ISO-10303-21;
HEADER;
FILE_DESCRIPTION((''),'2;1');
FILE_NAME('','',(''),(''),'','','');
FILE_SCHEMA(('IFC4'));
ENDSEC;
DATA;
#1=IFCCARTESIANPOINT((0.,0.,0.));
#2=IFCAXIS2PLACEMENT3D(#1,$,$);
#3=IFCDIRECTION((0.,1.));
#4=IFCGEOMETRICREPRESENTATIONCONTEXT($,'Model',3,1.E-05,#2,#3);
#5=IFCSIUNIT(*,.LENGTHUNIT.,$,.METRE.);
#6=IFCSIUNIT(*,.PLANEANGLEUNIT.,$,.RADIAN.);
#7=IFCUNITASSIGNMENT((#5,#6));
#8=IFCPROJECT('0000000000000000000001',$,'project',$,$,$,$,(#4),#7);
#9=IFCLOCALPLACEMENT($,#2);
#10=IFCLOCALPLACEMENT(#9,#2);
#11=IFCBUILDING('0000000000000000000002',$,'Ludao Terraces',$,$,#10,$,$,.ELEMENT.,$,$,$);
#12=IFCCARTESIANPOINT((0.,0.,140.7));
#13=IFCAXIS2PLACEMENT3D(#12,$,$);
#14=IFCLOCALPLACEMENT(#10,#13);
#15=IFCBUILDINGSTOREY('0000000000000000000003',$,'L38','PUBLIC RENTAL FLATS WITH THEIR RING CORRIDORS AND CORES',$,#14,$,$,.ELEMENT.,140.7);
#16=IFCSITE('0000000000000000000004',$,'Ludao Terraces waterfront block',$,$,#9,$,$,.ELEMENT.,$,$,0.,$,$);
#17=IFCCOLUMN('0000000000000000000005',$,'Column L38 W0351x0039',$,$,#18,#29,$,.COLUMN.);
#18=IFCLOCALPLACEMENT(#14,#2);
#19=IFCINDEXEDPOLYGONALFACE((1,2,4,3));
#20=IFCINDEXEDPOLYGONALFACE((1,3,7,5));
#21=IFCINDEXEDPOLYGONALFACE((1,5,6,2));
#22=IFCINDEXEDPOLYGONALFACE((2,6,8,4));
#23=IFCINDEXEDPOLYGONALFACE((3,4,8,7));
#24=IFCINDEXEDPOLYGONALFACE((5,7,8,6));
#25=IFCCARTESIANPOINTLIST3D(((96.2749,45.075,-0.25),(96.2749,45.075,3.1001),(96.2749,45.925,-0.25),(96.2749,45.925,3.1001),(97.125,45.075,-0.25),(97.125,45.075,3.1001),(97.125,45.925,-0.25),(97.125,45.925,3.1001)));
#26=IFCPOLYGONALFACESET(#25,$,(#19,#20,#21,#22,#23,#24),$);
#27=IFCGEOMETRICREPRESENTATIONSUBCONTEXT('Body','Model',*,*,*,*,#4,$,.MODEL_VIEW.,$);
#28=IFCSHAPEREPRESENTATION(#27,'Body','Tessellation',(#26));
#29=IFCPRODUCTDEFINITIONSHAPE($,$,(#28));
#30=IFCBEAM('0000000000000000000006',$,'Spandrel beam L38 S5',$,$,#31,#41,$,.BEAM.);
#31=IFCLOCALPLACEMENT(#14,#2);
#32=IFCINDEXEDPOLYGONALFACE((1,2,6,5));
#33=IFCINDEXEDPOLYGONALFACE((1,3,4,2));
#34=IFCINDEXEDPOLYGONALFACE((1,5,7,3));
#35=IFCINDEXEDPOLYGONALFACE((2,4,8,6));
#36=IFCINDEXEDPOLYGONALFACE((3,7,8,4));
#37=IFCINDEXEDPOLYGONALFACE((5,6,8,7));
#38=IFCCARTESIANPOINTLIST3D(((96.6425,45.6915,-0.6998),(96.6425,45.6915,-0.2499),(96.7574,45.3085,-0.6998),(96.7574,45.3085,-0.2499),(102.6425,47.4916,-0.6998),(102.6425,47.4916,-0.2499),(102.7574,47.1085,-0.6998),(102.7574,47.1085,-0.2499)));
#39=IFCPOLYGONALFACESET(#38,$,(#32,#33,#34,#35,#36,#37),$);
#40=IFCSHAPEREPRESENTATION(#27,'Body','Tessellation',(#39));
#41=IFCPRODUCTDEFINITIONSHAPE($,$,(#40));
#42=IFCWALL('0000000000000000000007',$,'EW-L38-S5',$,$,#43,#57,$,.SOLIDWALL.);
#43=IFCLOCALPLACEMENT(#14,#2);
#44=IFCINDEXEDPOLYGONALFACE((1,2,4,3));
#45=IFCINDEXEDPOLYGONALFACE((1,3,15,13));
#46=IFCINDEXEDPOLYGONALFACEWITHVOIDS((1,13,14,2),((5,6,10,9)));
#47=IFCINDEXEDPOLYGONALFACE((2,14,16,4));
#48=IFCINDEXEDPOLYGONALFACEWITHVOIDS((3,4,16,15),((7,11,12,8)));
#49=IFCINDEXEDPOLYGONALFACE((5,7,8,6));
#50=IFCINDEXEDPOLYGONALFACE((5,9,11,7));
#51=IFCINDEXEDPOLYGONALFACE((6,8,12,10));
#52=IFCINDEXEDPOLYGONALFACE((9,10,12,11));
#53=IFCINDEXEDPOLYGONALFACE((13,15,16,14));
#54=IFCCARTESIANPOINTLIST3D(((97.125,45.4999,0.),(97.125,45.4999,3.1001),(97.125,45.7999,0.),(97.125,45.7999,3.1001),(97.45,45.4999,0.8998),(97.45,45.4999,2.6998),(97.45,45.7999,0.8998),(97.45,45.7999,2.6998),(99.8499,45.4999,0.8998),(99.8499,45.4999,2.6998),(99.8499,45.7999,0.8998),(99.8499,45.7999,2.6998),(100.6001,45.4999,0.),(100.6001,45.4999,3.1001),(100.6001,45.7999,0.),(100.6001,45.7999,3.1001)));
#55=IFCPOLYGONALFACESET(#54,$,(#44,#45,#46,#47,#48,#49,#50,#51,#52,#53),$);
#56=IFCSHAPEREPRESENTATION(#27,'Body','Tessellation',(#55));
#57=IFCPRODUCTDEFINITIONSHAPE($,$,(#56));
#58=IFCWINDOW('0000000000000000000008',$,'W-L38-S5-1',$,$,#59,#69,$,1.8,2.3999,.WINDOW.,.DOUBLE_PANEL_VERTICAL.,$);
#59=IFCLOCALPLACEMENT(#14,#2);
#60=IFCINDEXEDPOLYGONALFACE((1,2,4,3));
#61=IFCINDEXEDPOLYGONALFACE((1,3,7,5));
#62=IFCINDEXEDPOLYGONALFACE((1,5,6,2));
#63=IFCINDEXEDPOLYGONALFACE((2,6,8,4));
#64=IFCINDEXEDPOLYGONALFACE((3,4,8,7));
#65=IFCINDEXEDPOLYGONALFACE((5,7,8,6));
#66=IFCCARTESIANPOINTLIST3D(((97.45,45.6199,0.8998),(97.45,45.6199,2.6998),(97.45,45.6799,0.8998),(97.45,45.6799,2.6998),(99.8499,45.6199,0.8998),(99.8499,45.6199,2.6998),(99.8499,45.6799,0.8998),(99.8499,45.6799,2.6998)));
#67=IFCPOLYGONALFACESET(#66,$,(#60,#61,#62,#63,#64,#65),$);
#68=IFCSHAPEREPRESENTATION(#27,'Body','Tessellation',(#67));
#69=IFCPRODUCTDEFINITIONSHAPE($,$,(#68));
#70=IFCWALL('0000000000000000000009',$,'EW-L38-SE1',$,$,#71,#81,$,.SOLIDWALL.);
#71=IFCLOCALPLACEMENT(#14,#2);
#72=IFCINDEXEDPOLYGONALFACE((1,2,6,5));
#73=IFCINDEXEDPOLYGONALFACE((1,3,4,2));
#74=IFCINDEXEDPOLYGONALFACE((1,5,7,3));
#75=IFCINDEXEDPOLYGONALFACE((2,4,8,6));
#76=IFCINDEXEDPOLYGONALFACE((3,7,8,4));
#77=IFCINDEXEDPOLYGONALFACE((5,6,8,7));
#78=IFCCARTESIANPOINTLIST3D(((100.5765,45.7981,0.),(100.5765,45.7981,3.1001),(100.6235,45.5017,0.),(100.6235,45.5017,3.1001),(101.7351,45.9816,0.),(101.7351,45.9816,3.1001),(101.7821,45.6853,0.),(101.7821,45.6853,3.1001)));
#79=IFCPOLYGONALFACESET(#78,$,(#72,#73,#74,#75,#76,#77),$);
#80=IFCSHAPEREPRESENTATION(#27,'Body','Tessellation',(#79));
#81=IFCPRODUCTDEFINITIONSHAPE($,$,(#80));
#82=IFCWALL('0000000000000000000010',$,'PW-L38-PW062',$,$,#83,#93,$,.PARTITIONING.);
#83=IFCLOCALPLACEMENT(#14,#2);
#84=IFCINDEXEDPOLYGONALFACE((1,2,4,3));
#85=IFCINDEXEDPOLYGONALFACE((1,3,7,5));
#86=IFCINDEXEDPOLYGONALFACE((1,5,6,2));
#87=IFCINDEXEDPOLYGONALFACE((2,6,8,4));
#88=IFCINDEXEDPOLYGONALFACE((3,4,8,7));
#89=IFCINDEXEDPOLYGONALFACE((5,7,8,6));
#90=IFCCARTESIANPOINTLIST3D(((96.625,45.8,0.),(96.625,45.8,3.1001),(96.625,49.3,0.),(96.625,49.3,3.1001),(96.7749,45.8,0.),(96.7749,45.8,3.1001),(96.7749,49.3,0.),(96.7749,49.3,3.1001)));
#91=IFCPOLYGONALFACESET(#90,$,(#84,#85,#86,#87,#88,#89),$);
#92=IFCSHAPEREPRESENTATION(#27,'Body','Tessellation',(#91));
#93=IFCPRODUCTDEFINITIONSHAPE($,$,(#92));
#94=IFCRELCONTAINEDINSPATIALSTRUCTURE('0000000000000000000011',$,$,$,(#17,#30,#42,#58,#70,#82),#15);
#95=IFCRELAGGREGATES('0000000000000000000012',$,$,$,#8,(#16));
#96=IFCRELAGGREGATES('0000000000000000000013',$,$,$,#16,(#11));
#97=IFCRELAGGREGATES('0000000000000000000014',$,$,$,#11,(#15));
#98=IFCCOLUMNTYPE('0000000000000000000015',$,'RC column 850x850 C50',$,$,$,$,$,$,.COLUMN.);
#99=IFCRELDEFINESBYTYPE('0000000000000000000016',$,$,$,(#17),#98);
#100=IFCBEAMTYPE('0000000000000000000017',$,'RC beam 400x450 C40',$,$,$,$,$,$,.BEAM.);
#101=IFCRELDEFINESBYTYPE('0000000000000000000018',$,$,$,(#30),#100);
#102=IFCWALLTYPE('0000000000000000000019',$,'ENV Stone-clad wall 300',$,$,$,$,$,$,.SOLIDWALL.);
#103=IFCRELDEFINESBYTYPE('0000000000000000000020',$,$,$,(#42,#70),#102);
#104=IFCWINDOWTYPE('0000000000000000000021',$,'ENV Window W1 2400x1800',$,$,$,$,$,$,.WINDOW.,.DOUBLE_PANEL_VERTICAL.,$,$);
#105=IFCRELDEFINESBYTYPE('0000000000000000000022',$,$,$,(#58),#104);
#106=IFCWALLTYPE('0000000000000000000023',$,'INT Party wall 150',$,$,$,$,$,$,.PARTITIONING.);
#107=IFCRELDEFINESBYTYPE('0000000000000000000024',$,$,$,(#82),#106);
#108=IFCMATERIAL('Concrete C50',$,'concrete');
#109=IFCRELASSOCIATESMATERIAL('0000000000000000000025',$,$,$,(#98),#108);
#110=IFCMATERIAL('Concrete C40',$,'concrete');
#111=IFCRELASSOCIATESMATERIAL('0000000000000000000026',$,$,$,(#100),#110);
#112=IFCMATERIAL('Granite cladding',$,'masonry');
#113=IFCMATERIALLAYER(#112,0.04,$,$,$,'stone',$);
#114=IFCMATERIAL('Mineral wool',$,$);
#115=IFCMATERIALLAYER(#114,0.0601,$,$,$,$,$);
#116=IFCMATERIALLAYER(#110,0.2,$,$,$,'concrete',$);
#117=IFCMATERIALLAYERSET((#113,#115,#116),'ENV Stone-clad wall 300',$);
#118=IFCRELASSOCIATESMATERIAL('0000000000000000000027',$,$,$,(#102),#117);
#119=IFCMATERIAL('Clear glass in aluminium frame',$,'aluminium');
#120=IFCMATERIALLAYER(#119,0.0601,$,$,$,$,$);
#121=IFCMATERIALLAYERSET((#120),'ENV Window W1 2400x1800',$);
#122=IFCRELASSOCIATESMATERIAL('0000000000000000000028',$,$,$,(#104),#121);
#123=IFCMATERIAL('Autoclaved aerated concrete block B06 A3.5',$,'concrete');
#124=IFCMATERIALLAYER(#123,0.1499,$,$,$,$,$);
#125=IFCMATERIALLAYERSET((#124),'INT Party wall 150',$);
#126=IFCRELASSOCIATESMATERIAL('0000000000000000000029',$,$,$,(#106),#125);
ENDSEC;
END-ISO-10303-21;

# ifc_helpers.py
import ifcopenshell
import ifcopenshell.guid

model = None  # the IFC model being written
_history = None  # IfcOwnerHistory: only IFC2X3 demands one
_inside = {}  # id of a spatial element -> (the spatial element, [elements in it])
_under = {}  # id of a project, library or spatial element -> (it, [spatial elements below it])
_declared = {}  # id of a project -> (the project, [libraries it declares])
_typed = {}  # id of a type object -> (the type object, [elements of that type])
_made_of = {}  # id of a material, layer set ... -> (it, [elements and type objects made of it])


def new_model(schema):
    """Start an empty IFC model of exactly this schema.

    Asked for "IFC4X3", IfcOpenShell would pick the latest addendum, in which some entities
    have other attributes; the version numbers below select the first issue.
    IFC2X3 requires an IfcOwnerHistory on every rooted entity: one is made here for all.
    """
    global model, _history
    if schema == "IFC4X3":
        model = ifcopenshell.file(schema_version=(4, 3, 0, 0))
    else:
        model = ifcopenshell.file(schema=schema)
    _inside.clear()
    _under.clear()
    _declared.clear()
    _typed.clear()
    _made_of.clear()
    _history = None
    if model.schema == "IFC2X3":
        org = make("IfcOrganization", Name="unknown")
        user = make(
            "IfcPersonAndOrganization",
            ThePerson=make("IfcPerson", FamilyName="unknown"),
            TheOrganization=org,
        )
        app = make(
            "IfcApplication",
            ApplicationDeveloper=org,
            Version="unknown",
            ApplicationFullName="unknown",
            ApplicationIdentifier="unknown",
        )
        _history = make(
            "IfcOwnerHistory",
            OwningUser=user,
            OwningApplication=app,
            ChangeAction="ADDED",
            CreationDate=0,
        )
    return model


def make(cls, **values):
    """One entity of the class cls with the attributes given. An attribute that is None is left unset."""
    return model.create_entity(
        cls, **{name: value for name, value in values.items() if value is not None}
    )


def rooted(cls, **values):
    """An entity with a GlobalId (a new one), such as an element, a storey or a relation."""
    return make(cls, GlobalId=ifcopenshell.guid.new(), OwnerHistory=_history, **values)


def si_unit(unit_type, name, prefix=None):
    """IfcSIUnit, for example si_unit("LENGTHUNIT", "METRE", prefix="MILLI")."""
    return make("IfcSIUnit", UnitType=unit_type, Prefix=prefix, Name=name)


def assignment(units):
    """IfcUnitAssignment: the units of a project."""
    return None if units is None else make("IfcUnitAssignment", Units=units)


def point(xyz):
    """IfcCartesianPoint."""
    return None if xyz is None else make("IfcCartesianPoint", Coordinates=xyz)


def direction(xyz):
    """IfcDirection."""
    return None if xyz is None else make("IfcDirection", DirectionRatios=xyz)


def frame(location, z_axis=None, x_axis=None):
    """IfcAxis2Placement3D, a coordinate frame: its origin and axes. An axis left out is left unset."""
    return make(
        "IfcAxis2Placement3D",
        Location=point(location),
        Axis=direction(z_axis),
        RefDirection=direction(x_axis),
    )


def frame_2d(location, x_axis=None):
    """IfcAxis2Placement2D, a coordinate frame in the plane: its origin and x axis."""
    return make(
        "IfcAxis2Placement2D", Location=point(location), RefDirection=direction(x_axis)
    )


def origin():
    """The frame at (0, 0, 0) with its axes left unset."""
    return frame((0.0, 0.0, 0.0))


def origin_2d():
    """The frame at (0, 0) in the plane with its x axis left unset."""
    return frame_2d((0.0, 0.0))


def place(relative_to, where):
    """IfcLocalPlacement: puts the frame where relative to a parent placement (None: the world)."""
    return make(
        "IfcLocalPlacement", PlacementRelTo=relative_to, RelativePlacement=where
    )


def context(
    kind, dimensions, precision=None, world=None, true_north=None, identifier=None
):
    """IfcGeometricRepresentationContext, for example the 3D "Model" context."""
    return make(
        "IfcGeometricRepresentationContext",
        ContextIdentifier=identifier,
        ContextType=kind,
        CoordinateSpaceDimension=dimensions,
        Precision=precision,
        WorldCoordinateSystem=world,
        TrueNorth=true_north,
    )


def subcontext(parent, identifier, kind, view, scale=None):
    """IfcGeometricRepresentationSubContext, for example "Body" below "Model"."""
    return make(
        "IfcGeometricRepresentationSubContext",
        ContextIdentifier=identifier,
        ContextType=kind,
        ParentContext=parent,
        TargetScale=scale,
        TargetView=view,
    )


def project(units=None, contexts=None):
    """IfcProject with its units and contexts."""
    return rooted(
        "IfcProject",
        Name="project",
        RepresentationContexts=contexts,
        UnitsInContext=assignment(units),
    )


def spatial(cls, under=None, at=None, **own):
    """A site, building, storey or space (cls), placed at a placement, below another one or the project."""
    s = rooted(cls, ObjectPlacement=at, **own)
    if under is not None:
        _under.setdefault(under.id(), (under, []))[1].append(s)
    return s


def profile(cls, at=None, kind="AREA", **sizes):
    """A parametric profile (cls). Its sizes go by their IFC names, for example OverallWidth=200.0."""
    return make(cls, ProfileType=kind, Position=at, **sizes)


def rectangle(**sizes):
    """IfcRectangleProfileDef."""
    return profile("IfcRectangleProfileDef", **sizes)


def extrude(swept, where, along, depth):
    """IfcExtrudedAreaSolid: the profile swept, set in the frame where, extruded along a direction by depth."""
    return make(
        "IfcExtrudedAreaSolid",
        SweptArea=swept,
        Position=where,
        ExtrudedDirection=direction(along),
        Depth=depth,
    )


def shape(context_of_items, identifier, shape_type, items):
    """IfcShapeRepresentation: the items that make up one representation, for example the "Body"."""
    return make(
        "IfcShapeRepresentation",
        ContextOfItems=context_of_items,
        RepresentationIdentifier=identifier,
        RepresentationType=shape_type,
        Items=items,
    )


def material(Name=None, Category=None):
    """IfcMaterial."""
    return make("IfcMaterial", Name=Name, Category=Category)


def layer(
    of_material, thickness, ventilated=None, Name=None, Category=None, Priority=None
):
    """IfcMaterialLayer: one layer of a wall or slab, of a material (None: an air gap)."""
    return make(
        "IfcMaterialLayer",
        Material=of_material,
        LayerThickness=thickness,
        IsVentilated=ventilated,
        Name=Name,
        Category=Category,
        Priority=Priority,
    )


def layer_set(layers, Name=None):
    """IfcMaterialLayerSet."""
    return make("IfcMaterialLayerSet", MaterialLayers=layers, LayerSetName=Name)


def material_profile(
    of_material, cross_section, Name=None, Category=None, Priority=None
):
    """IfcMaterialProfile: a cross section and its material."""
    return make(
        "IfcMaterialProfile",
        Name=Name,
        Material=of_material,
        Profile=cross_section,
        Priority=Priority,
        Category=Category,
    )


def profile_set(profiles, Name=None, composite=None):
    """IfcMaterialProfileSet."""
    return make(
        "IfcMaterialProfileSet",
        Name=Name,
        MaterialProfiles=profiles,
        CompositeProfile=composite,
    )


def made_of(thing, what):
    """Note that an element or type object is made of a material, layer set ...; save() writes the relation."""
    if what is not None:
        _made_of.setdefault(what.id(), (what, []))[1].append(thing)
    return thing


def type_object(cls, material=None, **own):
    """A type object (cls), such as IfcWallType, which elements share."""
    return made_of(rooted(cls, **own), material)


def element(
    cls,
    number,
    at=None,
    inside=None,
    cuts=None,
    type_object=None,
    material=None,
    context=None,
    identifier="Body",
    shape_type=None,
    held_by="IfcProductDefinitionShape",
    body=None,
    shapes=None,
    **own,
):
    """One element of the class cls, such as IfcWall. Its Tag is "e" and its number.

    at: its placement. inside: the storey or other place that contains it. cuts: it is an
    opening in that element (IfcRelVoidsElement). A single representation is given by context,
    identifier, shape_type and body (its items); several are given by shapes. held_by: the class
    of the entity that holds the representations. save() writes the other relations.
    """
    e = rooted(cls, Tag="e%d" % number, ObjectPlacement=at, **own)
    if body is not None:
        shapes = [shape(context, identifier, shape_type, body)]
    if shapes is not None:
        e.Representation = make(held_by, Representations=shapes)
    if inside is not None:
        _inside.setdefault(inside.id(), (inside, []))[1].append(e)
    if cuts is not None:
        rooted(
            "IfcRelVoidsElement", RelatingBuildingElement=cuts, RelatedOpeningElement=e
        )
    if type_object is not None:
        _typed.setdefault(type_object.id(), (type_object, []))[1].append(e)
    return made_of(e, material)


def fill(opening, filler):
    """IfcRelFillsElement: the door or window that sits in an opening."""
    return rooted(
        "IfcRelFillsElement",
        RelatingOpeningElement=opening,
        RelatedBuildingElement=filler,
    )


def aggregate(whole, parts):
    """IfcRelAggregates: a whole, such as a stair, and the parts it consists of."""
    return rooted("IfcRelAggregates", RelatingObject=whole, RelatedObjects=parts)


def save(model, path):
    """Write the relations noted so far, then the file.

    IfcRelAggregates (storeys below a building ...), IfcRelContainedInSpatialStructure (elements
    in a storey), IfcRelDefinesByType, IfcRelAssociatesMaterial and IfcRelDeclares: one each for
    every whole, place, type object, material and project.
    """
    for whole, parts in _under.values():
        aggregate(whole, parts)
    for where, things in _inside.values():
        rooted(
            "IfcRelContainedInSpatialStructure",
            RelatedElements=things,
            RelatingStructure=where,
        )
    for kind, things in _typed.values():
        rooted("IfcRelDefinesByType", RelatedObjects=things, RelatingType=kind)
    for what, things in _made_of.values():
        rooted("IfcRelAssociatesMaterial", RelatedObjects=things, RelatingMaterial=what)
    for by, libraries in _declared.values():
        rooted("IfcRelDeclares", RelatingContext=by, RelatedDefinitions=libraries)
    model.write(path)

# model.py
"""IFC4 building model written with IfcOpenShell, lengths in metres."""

from ifc_helpers import new_model, si_unit, direction, frame, frame_2d, origin, origin_2d, place, context, subcontext, project, spatial, rectangle, extrude, material, layer, layer_set, material_profile, profile_set, type_object, element, fill, save


model = new_model("IFC4")

# Units and contexts
model_context = context("Model", 3, precision=1e-05, world=origin(), true_north=direction((0.0, 1.0)))
body_context = subcontext(model_context, "Body", "Model", "MODEL_VIEW")
ifc_project = project(units=[si_unit("LENGTHUNIT", "METRE"), si_unit("PLANEANGLEUNIT", "RADIAN")], contexts=[model_context])

# Site, building, storey
site_placement = place(None, origin())
site = spatial("IfcSite", under=ifc_project, at=site_placement, Name="Ludao Terraces waterfront block", CompositionType="ELEMENT", RefElevation=0.0)
building_placement = place(site_placement, origin())
building = spatial("IfcBuilding", under=site, at=building_placement, Name="Ludao Terraces", CompositionType="ELEMENT")
storey_placement = place(building_placement, frame((0.0, 0.0, 140.7)))
storey = spatial("IfcBuildingStorey", under=building, at=storey_placement, Name="L38", Description="PUBLIC RENTAL FLATS WITH THEIR RING CORRIDORS AND CORES", CompositionType="ELEMENT", Elevation=140.7)

# Column
ifc_material_1 = material(Name="Concrete C50", Category="concrete")
ifc_material_profile_1 = material_profile(ifc_material_1, rectangle(XDim=0.8501, YDim=0.8501, at=origin_2d()), Name="850 X 850")
ifc_profile_set_1 = profile_set([ifc_material_profile_1], Name="Concrete C50")
column_type = type_object("IfcColumnType", Name="RC column 850x850 C50", PredefinedType="COLUMN", material=ifc_profile_set_1)
column_placement = place(storey_placement, frame((96.7, 45.5, -0.25), z_axis=(0.0, 0.0, 1.0), x_axis=(1.0, 0.0, 0.0)))
element("IfcColumn", 1, at=column_placement, inside=storey, type_object=column_type, Name="Column L38 W0351x0039", PredefinedType="COLUMN", context=body_context, shape_type="SweptSolid", body=[
    extrude(rectangle(XDim=0.8501, YDim=0.8501, at=origin_2d()), origin(), (0.0, 0.0, 1.0), 3.3501),
])

# Beam
ifc_material_2 = material(Name="Concrete C40", Category="concrete")
ifc_material_profile_2 = material_profile(ifc_material_2, rectangle(XDim=0.3999, YDim=0.45, at=origin_2d()), Name="400 X 450")
ifc_profile_set_2 = profile_set([ifc_material_profile_2], Name="Concrete C40")
beam_type = type_object("IfcBeamType", Name="RC beam 400x450 C40", PredefinedType="BEAM", material=ifc_profile_set_2)
beam_placement = place(storey_placement, frame((96.7, 45.5, -0.4749), z_axis=(0.957824, 0.287355, 0.0), x_axis=(-0.287355, 0.957824, 0.0)))
element("IfcBeam", 2, at=beam_placement, inside=storey, type_object=beam_type, Name="Spandrel beam L38 S5", PredefinedType="BEAM", context=body_context, shape_type="SweptSolid", body=[
    extrude(rectangle(XDim=0.3999, YDim=0.45, at=origin_2d()), origin(), (0.0, 0.0, 1.0), 6.2642),
])

# Wall, opening, window
ifc_material_3 = material(Name="Granite cladding", Category="masonry")
ifc_layer_1 = layer(ifc_material_3, 0.04, Category="stone")
ifc_material_4 = material(Name="Mineral wool")
ifc_layer_2 = layer(ifc_material_4, 0.0601)
ifc_layer_3 = layer(ifc_material_2, 0.2, Category="concrete")
ifc_layer_set_1 = layer_set([ifc_layer_1, ifc_layer_2, ifc_layer_3], Name="ENV Stone-clad wall 300")
wall_type_1 = type_object("IfcWallType", Name="ENV Stone-clad wall 300", PredefinedType="SOLIDWALL", material=ifc_layer_set_1)
wall_1_placement = place(storey_placement, frame((97.125, 45.6499, 0.0), z_axis=(0.0, 0.0, 1.0), x_axis=(1.0, 0.0, 0.0)))
wall_1 = element("IfcWall", 3, at=wall_1_placement, inside=storey, type_object=wall_type_1, Name="EW-L38-S5", PredefinedType="SOLIDWALL", context=body_context, shape_type="SweptSolid", body=[
    extrude(rectangle(XDim=3.4751, YDim=0.3, at=frame_2d((1.7375, 0.0))), origin(), (0.0, 0.0, 1.0), 3.1001),
])
opening_placement = place(wall_1_placement, frame((0.325, 0.0, 0.8999)))
opening = element("IfcOpeningElement", 4, at=opening_placement, cuts=wall_1, PredefinedType="OPENING", context=body_context, shape_type="SweptSolid", body=[
    extrude(rectangle(XDim=2.3999, YDim=1.8, at=frame_2d((1.2, 0.8999))), frame((0.0, 0.1602, 0.0), z_axis=(0.0, -1.0, 0.0), x_axis=(1.0, 0.0, 0.0)), (0.0, 0.0, 1.0), 0.3201),
])
ifc_material_5 = material(Name="Clear glass in aluminium frame", Category="aluminium")
ifc_layer_4 = layer(ifc_material_5, 0.0601)
ifc_layer_set_2 = layer_set([ifc_layer_4], Name="ENV Window W1 2400x1800")
window_type = type_object("IfcWindowType", Name="ENV Window W1 2400x1800", PartitioningType="DOUBLE_PANEL_VERTICAL", PredefinedType="WINDOW", material=ifc_layer_set_2)
window_placement = place(opening_placement, origin())
window = element("IfcWindow", 5, at=window_placement, inside=storey, type_object=window_type, Name="W-L38-S5-1", OverallHeight=1.8, OverallWidth=2.3999, PartitioningType="DOUBLE_PANEL_VERTICAL", PredefinedType="WINDOW", context=body_context, shape_type="SweptSolid", body=[
    extrude(rectangle(XDim=2.3999, YDim=1.8, at=frame_2d((1.2, 0.8999))), frame((0.0, 0.03, 0.0), z_axis=(0.0, -1.0, 0.0), x_axis=(1.0, 0.0, 0.0)), (0.0, 0.0, 1.0), 0.0601),
])
fill(opening, window)

# Walls
wall_2_placement = place(storey_placement, frame((100.6001, 45.6499, 0.0), z_axis=(0.0, 0.0, 1.0), x_axis=(0.987678, 0.156497, 0.0)))
element("IfcWall", 6, at=wall_2_placement, inside=storey, type_object=wall_type_1, Name="EW-L38-SE1", PredefinedType="SOLIDWALL", context=body_context, shape_type="SweptSolid", body=[
    extrude(rectangle(XDim=1.1731, YDim=0.3, at=frame_2d((0.5864, 0.0))), origin(), (0.0, 0.0, 1.0), 3.1001),
])
ifc_material_6 = material(Name="Autoclaved aerated concrete block B06 A3.5", Category="concrete")
ifc_layer_5 = layer(ifc_material_6, 0.1499)
ifc_layer_set_3 = layer_set([ifc_layer_5], Name="INT Party wall 150")
wall_type_2 = type_object("IfcWallType", Name="INT Party wall 150", PredefinedType="PARTITIONING", material=ifc_layer_set_3)
wall_3_placement = place(storey_placement, frame((96.7, 45.8, 0.0), z_axis=(0.0, 0.0, 1.0), x_axis=(0.0, 1.0, 0.0)))
element("IfcWall", 7, at=wall_3_placement, inside=storey, type_object=wall_type_2, Name="PW-L38-PW062", PredefinedType="PARTITIONING", context=body_context, shape_type="SweptSolid", body=[
    extrude(rectangle(XDim=3.5, YDim=0.1499, at=frame_2d((1.75, 0.0))), origin(), (0.0, 0.0, 1.0), 3.1001),
])

save(model, "model.ifc")
